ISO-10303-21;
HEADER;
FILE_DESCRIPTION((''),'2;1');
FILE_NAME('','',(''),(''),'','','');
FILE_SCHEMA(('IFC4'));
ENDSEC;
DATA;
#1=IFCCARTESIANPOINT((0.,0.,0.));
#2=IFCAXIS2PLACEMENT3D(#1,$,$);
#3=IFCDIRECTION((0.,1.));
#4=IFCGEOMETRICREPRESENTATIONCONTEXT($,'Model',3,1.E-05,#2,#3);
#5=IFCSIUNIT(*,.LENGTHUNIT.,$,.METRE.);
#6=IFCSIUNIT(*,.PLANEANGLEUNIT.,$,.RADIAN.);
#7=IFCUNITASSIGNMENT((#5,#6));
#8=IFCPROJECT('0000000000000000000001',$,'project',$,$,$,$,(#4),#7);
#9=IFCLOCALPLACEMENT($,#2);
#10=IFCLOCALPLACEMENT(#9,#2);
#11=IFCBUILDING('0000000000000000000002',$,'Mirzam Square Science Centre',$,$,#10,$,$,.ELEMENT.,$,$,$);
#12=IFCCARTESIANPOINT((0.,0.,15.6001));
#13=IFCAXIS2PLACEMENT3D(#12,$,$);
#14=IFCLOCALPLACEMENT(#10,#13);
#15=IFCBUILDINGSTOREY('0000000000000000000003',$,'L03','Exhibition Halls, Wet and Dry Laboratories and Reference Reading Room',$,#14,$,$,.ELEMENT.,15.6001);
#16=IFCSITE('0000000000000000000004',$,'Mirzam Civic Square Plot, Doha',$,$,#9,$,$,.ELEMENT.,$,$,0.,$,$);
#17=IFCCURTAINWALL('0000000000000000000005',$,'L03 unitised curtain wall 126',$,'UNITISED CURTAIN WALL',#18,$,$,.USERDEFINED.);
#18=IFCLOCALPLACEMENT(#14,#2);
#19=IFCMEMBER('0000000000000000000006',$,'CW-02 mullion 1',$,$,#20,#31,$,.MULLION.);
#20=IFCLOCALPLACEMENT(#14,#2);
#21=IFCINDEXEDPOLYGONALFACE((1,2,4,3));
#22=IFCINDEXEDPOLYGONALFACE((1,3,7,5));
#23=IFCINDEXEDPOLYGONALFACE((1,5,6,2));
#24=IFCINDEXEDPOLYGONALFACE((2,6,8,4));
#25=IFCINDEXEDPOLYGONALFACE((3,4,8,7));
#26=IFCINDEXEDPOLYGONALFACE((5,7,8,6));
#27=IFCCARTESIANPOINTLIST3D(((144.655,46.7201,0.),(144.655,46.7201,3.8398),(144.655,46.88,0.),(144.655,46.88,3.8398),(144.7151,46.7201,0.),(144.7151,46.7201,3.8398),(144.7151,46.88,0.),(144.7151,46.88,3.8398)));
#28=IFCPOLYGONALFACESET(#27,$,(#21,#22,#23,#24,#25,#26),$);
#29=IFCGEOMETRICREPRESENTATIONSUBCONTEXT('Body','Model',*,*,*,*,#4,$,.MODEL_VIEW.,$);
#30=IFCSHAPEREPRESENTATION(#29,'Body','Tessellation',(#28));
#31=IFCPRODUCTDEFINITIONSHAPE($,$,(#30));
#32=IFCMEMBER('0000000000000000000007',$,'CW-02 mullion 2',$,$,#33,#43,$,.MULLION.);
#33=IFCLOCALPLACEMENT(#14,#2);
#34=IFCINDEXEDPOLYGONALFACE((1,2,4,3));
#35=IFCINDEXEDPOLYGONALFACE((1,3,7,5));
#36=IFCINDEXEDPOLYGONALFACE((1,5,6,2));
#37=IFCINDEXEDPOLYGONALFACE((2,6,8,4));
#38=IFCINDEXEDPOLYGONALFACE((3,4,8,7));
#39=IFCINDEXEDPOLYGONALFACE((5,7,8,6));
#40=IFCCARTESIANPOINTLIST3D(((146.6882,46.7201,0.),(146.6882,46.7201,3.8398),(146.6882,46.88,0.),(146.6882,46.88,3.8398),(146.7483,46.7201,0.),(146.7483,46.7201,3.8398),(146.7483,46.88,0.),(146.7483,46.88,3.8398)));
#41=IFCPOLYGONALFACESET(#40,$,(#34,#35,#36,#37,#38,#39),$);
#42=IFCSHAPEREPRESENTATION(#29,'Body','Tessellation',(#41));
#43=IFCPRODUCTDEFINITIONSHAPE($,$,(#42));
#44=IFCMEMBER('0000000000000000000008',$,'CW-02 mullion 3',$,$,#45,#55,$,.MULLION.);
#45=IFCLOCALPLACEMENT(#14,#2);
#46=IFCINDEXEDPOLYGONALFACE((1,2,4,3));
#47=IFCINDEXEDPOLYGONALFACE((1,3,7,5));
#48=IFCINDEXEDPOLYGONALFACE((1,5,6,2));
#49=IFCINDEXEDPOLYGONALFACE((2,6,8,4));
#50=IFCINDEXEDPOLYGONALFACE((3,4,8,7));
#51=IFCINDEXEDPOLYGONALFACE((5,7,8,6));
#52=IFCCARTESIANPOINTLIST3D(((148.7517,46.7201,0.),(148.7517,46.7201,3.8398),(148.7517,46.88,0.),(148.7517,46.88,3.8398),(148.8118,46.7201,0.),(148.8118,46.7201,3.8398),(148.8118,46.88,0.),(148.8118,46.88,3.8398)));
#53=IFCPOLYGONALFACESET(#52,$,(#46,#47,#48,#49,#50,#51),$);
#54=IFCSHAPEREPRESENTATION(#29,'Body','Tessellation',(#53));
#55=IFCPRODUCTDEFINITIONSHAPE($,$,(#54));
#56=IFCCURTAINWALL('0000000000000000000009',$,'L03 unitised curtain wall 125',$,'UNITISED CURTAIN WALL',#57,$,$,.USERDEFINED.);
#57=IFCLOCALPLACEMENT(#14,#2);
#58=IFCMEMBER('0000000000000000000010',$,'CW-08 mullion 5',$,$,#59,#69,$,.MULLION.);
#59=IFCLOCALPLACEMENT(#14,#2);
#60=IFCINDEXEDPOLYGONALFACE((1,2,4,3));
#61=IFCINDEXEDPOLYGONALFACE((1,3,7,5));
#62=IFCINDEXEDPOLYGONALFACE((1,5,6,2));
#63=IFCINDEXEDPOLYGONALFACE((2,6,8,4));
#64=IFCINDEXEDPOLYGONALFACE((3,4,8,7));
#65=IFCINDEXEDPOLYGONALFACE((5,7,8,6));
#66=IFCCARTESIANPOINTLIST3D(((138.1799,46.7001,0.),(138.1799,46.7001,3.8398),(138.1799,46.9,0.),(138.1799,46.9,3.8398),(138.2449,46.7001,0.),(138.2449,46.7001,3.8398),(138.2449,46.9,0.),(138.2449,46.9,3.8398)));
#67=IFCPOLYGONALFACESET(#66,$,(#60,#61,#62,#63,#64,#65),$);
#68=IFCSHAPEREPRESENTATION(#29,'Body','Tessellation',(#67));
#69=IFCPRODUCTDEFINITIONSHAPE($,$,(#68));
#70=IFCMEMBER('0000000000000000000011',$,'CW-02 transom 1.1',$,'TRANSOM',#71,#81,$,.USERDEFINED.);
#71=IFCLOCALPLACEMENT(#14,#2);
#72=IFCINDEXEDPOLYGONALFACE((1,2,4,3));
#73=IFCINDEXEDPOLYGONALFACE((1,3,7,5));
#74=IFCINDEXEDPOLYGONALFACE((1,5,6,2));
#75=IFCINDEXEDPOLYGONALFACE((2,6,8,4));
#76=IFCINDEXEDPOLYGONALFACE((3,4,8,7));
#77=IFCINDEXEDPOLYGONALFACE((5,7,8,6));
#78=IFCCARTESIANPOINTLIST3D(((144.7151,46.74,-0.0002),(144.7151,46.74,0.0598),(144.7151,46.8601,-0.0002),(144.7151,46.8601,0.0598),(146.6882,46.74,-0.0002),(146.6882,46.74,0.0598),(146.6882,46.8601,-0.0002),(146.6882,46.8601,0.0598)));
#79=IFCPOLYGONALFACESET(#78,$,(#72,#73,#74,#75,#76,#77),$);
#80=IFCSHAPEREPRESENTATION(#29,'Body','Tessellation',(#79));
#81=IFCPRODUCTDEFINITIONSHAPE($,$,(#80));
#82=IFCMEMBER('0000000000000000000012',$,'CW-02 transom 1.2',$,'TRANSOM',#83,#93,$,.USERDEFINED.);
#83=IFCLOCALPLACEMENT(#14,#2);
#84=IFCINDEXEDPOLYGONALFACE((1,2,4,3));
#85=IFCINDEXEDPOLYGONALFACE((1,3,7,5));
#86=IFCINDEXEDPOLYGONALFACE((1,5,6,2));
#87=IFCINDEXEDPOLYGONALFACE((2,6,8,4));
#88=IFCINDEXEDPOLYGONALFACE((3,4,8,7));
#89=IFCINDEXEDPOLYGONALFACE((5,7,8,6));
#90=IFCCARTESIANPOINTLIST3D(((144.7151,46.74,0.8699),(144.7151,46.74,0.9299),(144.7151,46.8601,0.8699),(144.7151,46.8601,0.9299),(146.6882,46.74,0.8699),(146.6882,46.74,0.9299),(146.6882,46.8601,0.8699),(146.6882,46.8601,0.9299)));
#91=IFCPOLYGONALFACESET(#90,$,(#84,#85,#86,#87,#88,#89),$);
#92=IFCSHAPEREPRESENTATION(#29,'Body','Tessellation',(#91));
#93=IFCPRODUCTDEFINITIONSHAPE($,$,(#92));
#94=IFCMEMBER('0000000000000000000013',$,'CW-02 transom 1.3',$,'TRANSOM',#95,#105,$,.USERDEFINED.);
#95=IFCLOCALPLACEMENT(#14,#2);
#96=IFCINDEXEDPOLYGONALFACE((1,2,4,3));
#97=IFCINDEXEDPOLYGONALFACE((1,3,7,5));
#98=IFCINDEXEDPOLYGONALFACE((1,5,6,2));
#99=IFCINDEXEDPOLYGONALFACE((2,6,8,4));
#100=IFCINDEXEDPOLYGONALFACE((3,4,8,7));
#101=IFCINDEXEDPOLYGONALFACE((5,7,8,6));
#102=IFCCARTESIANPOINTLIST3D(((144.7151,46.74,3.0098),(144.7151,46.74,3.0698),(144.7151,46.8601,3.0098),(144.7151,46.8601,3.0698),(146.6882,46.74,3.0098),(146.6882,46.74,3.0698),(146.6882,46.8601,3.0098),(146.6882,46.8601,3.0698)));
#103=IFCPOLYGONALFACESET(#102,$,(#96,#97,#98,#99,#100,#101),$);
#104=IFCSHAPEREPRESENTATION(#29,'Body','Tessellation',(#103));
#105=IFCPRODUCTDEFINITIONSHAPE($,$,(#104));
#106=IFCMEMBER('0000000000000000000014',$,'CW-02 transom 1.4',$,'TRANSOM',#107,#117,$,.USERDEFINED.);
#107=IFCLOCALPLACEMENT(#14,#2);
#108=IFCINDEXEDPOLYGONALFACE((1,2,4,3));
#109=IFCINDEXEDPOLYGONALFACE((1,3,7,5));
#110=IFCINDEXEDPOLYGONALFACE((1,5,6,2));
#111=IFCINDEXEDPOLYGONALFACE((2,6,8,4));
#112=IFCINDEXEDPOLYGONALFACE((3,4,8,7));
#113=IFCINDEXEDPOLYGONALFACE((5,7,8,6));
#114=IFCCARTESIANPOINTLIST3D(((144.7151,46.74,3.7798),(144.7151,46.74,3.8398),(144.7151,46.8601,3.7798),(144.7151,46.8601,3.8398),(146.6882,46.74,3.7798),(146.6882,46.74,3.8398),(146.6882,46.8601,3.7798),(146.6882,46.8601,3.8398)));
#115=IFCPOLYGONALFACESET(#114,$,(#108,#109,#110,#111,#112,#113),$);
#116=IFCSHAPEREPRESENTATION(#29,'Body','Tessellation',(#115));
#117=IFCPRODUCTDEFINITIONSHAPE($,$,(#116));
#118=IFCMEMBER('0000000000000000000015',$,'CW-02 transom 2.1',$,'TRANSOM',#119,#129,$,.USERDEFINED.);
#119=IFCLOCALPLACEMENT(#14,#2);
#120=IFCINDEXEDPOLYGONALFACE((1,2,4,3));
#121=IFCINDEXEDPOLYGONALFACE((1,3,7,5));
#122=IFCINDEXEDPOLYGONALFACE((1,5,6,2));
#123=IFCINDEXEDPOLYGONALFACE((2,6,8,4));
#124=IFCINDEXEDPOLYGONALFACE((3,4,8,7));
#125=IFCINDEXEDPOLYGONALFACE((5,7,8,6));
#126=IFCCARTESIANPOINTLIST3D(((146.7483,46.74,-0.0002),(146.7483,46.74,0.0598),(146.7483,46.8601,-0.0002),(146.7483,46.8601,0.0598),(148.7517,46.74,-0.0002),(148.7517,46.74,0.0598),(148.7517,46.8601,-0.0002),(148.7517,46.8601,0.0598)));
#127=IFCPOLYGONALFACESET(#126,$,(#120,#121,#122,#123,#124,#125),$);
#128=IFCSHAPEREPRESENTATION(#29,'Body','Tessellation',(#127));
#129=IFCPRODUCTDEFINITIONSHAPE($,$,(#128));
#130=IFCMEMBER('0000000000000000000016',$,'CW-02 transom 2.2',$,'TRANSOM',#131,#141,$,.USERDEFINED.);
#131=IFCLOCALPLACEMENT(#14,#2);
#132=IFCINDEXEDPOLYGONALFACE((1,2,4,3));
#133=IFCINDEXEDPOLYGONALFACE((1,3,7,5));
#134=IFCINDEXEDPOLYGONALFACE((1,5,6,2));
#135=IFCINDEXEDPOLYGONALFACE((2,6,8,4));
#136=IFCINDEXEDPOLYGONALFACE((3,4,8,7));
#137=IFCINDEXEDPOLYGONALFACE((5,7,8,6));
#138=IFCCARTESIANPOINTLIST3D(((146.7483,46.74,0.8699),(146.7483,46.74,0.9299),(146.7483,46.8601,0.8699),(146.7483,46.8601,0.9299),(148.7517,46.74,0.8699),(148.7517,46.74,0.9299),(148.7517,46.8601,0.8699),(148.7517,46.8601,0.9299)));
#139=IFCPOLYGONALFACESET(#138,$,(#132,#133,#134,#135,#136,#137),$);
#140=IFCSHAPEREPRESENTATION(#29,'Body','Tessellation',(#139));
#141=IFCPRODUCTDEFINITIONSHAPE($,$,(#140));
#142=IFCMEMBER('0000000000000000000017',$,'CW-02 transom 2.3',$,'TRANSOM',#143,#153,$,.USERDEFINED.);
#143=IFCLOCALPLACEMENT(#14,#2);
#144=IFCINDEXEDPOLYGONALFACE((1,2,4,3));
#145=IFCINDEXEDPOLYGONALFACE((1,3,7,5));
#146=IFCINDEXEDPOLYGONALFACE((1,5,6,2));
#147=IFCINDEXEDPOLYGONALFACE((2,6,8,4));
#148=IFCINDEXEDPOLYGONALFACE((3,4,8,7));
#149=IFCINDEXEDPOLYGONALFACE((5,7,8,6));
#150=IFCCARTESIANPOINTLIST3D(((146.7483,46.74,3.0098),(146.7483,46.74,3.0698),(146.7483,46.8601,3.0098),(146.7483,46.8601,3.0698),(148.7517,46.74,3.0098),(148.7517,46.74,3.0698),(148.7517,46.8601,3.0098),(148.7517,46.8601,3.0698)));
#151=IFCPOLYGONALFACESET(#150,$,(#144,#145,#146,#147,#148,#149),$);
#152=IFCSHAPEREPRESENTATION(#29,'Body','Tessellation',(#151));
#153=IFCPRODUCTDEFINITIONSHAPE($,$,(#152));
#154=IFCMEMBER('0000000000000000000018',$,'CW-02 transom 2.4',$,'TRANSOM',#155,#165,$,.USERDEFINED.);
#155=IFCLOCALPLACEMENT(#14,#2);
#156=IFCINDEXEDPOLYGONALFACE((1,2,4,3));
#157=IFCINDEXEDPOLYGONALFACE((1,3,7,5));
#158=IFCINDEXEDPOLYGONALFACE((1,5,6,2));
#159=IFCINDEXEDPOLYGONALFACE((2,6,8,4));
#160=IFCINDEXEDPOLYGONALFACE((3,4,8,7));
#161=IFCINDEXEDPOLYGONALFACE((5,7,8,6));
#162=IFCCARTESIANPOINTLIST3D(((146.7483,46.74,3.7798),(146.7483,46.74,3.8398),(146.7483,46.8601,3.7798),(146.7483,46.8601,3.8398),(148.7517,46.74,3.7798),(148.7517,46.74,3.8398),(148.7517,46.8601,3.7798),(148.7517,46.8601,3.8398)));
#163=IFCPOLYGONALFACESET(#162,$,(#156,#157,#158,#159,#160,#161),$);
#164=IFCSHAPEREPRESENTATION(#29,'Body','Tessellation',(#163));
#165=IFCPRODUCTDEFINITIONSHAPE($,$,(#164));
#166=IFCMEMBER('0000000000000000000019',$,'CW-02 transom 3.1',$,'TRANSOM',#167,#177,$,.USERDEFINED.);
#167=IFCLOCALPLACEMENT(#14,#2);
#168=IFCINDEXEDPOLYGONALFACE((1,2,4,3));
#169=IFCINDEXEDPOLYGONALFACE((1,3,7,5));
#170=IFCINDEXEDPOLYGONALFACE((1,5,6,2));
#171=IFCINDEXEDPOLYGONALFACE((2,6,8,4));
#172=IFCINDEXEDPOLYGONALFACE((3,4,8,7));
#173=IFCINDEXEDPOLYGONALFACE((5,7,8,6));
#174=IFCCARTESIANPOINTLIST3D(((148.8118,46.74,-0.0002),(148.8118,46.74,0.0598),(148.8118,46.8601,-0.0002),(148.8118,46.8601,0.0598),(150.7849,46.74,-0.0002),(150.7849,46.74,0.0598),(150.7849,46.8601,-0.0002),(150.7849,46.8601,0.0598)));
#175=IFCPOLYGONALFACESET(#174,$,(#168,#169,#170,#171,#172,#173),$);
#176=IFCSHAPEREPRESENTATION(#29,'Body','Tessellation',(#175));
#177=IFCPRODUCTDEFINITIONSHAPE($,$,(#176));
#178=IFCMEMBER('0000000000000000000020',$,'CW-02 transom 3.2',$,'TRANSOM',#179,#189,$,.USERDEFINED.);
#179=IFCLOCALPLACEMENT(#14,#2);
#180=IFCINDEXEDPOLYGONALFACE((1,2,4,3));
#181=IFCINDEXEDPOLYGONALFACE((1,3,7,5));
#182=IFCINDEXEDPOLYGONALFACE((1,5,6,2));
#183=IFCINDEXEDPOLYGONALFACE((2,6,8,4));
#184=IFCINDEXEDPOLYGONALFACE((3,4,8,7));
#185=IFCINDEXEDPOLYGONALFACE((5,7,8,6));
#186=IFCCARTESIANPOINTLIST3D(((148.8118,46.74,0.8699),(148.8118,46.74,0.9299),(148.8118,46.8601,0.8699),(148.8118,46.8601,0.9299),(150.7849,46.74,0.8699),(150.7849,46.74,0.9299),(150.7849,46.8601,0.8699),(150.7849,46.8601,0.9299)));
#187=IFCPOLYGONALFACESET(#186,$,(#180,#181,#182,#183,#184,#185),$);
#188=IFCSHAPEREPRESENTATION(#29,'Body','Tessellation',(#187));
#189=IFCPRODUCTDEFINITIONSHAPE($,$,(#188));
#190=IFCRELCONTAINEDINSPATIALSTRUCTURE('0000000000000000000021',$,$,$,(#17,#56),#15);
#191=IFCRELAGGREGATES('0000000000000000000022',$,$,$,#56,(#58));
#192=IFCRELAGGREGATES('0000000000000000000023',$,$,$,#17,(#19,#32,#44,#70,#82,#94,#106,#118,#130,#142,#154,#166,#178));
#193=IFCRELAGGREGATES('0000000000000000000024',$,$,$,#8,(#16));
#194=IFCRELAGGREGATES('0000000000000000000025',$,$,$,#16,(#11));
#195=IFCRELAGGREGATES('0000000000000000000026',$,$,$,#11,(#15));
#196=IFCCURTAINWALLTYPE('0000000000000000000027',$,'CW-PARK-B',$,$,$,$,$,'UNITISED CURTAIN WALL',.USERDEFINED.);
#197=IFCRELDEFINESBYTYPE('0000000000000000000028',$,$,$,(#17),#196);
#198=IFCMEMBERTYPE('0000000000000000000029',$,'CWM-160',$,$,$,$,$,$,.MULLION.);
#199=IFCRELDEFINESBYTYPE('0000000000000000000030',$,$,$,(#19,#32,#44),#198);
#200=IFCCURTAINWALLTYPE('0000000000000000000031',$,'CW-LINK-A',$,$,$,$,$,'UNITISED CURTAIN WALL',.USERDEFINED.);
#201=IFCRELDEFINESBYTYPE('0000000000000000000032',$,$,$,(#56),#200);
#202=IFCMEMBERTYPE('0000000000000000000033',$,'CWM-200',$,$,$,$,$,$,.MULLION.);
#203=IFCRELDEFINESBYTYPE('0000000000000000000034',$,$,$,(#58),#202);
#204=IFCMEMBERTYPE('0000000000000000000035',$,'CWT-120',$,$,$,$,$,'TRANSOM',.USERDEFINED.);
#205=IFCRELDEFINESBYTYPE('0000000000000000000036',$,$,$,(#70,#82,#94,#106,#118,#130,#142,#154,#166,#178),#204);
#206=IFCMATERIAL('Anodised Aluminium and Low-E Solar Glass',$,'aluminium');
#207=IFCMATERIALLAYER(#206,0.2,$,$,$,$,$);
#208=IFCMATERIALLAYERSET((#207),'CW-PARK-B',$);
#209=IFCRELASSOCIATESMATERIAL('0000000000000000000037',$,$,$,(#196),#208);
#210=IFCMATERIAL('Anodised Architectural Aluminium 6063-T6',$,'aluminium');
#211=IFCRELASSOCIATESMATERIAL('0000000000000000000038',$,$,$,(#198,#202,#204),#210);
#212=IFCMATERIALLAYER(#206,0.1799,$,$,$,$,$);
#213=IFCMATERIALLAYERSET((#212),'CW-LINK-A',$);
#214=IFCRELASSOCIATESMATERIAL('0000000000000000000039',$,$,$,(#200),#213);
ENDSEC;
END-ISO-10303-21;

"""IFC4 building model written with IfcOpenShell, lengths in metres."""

from ifc_helpers import new_model, si_unit, direction, frame, origin, origin_2d, place, context, subcontext, project, spatial, rectangle, extrude, material, layer, layer_set, material_profile, profile_set, type_object, element, aggregate, save


model = new_model("IFC4")

# Units and contexts
model_context = context("Model", 3, precision=1e-05, world=origin(), true_north=direction((0.0, 1.0)))
body_context = subcontext(model_context, "Body", "Model", "MODEL_VIEW")
ifc_project = project(units=[si_unit("LENGTHUNIT", "METRE"), si_unit("PLANEANGLEUNIT", "RADIAN")], contexts=[model_context])

# Site, building, storey
site_placement = place(None, origin())
site = spatial("IfcSite", under=ifc_project, at=site_placement, Name="Mirzam Civic Square Plot, Doha", CompositionType="ELEMENT", RefElevation=0.0)
building_placement = place(site_placement, origin())
building = spatial("IfcBuilding", under=site, at=building_placement, Name="Mirzam Square Science Centre", CompositionType="ELEMENT")
storey_placement = place(building_placement, frame((0.0, 0.0, 15.6001)))
storey = spatial("IfcBuildingStorey", under=building, at=storey_placement, Name="L03", Description="Exhibition Halls, Wet and Dry Laboratories and Reference Reading Room", CompositionType="ELEMENT", Elevation=15.6001)

# Curtain wall, members
ifc_material_1 = material(Name="Anodised Aluminium and Low-E Solar Glass", Category="aluminium")
ifc_layer_1 = layer(ifc_material_1, 0.2)
ifc_layer_set_1 = layer_set([ifc_layer_1], Name="CW-PARK-B")
curtain_wall_type_1 = type_object("IfcCurtainWallType", Name="CW-PARK-B", ElementType="UNITISED CURTAIN WALL", PredefinedType="USERDEFINED", material=ifc_layer_set_1)
curtain_wall_1_placement = place(storey_placement, origin())
curtain_wall_1 = element("IfcCurtainWall", 1, at=curtain_wall_1_placement, inside=storey, type_object=curtain_wall_type_1, Name="L03 unitised curtain wall 126", ObjectType="UNITISED CURTAIN WALL", PredefinedType="USERDEFINED")
ifc_material_2 = material(Name="Anodised Architectural Aluminium 6063-T6", Category="aluminium")
ifc_material_profile_1 = material_profile(ifc_material_2, rectangle(XDim=0.0601, YDim=0.1599, at=origin_2d()), Name="ALU-MULL-160x60x4")
ifc_profile_set_1 = profile_set([ifc_material_profile_1], Name="Anodised Architectural Aluminium 6063-T6")
member_type_1 = type_object("IfcMemberType", Name="CWM-160", PredefinedType="MULLION", material=ifc_profile_set_1)
member_1_placement = place(storey_placement, frame((144.6851, 46.8, 0.0), z_axis=(0.0, 0.0, 1.0), x_axis=(1.0, 0.0, 0.0)))
member_1 = element("IfcMember", 2, at=member_1_placement, type_object=member_type_1, Name="CW-02 mullion 1", PredefinedType="MULLION", context=body_context, shape_type="SweptSolid", body=[
    extrude(rectangle(XDim=0.0601, YDim=0.1599, at=origin_2d()), origin(), (0.0, 0.0, 1.0), 3.8398),
])
member_2_placement = place(storey_placement, frame((146.7183, 46.8, 0.0), z_axis=(0.0, 0.0, 1.0), x_axis=(1.0, 0.0, 0.0)))
member_2 = element("IfcMember", 3, at=member_2_placement, type_object=member_type_1, Name="CW-02 mullion 2", PredefinedType="MULLION", context=body_context, shape_type="SweptSolid", body=[
    extrude(rectangle(XDim=0.0601, YDim=0.1599, at=origin_2d()), origin(), (0.0, 0.0, 1.0), 3.8398),
])
member_3_placement = place(storey_placement, frame((148.7817, 46.8, 0.0), z_axis=(0.0, 0.0, 1.0), x_axis=(1.0, 0.0, 0.0)))
member_3 = element("IfcMember", 4, at=member_3_placement, type_object=member_type_1, Name="CW-02 mullion 3", PredefinedType="MULLION", context=body_context, shape_type="SweptSolid", body=[
    extrude(rectangle(XDim=0.0601, YDim=0.1599, at=origin_2d()), origin(), (0.0, 0.0, 1.0), 3.8398),
])

# Curtain wall, member
ifc_layer_2 = layer(ifc_material_1, 0.1799)
ifc_layer_set_2 = layer_set([ifc_layer_2], Name="CW-LINK-A")
curtain_wall_type_2 = type_object("IfcCurtainWallType", Name="CW-LINK-A", ElementType="UNITISED CURTAIN WALL", PredefinedType="USERDEFINED", material=ifc_layer_set_2)
curtain_wall_2_placement = place(storey_placement, origin())
curtain_wall_2 = element("IfcCurtainWall", 5, at=curtain_wall_2_placement, inside=storey, type_object=curtain_wall_type_2, Name="L03 unitised curtain wall 125", ObjectType="UNITISED CURTAIN WALL", PredefinedType="USERDEFINED")
ifc_material_profile_2 = material_profile(ifc_material_2, rectangle(XDim=0.0649, YDim=0.2, at=origin_2d()), Name="ALU-MULL-200x65x5")
ifc_profile_set_2 = profile_set([ifc_material_profile_2], Name="Anodised Architectural Aluminium 6063-T6")
member_type_2 = type_object("IfcMemberType", Name="CWM-200", PredefinedType="MULLION", material=ifc_profile_set_2)
member_4_placement = place(storey_placement, frame((138.2124, 46.8, 0.0), z_axis=(0.0, 0.0, 1.0), x_axis=(1.0, 0.0, 0.0)))
member_4 = element("IfcMember", 6, at=member_4_placement, type_object=member_type_2, Name="CW-08 mullion 5", PredefinedType="MULLION", context=body_context, shape_type="SweptSolid", body=[
    extrude(rectangle(XDim=0.0649, YDim=0.2, at=origin_2d()), origin(), (0.0, 0.0, 1.0), 3.8398),
])

# Members
ifc_material_profile_3 = material_profile(ifc_material_2, rectangle(XDim=0.1201, YDim=0.0601, at=origin_2d()), Name="ALU-TRAN-120x60x4")
ifc_profile_set_3 = profile_set([ifc_material_profile_3], Name="Anodised Architectural Aluminium 6063-T6")
member_type_3 = type_object("IfcMemberType", Name="CWT-120", ElementType="TRANSOM", PredefinedType="USERDEFINED", material=ifc_profile_set_3)
member_5_placement = place(storey_placement, frame((144.7151, 46.8, 0.0298), z_axis=(1.0, 0.0, 0.0), x_axis=(0.0, 1.0, 0.0)))
member_5 = element("IfcMember", 7, at=member_5_placement, type_object=member_type_3, Name="CW-02 transom 1.1", ObjectType="TRANSOM", PredefinedType="USERDEFINED", context=body_context, shape_type="SweptSolid", body=[
    extrude(rectangle(XDim=0.1201, YDim=0.0601, at=origin_2d()), origin(), (0.0, 0.0, 1.0), 1.9731),
])
member_6_placement = place(storey_placement, frame((144.7151, 46.8, 0.8999), z_axis=(1.0, 0.0, 0.0), x_axis=(0.0, 1.0, 0.0)))
member_6 = element("IfcMember", 8, at=member_6_placement, type_object=member_type_3, Name="CW-02 transom 1.2", ObjectType="TRANSOM", PredefinedType="USERDEFINED", context=body_context, shape_type="SweptSolid", body=[
    extrude(rectangle(XDim=0.1201, YDim=0.0601, at=origin_2d()), origin(), (0.0, 0.0, 1.0), 1.9731),
])
member_7_placement = place(storey_placement, frame((144.7151, 46.8, 3.0398), z_axis=(1.0, 0.0, 0.0), x_axis=(0.0, 1.0, 0.0)))
member_7 = element("IfcMember", 9, at=member_7_placement, type_object=member_type_3, Name="CW-02 transom 1.3", ObjectType="TRANSOM", PredefinedType="USERDEFINED", context=body_context, shape_type="SweptSolid", body=[
    extrude(rectangle(XDim=0.1201, YDim=0.0601, at=origin_2d()), origin(), (0.0, 0.0, 1.0), 1.9731),
])
member_8_placement = place(storey_placement, frame((144.7151, 46.8, 3.8098), z_axis=(1.0, 0.0, 0.0), x_axis=(0.0, 1.0, 0.0)))
member_8 = element("IfcMember", 10, at=member_8_placement, type_object=member_type_3, Name="CW-02 transom 1.4", ObjectType="TRANSOM", PredefinedType="USERDEFINED", context=body_context, shape_type="SweptSolid", body=[
    extrude(rectangle(XDim=0.1201, YDim=0.0601, at=origin_2d()), origin(), (0.0, 0.0, 1.0), 1.9731),
])
member_9_placement = place(storey_placement, frame((146.7483, 46.8, 0.0298), z_axis=(1.0, 0.0, 0.0), x_axis=(0.0, 1.0, 0.0)))
member_9 = element("IfcMember", 11, at=member_9_placement, type_object=member_type_3, Name="CW-02 transom 2.1", ObjectType="TRANSOM", PredefinedType="USERDEFINED", context=body_context, shape_type="SweptSolid", body=[
    extrude(rectangle(XDim=0.1201, YDim=0.0601, at=origin_2d()), origin(), (0.0, 0.0, 1.0), 2.0034),
])
member_10_placement = place(storey_placement, frame((146.7483, 46.8, 0.8999), z_axis=(1.0, 0.0, 0.0), x_axis=(0.0, 1.0, 0.0)))
member_10 = element("IfcMember", 12, at=member_10_placement, type_object=member_type_3, Name="CW-02 transom 2.2", ObjectType="TRANSOM", PredefinedType="USERDEFINED", context=body_context, shape_type="SweptSolid", body=[
    extrude(rectangle(XDim=0.1201, YDim=0.0601, at=origin_2d()), origin(), (0.0, 0.0, 1.0), 2.0034),
])
member_11_placement = place(storey_placement, frame((146.7483, 46.8, 3.0398), z_axis=(1.0, 0.0, 0.0), x_axis=(0.0, 1.0, 0.0)))
member_11 = element("IfcMember", 13, at=member_11_placement, type_object=member_type_3, Name="CW-02 transom 2.3", ObjectType="TRANSOM", PredefinedType="USERDEFINED", context=body_context, shape_type="SweptSolid", body=[
    extrude(rectangle(XDim=0.1201, YDim=0.0601, at=origin_2d()), origin(), (0.0, 0.0, 1.0), 2.0034),
])
member_12_placement = place(storey_placement, frame((146.7483, 46.8, 3.8098), z_axis=(1.0, 0.0, 0.0), x_axis=(0.0, 1.0, 0.0)))
member_12 = element("IfcMember", 14, at=member_12_placement, type_object=member_type_3, Name="CW-02 transom 2.4", ObjectType="TRANSOM", PredefinedType="USERDEFINED", context=body_context, shape_type="SweptSolid", body=[
    extrude(rectangle(XDim=0.1201, YDim=0.0601, at=origin_2d()), origin(), (0.0, 0.0, 1.0), 2.0034),
])
member_13_placement = place(storey_placement, frame((148.8118, 46.8, 0.0298), z_axis=(1.0, 0.0, 0.0), x_axis=(0.0, 1.0, 0.0)))
member_13 = element("IfcMember", 15, at=member_13_placement, type_object=member_type_3, Name="CW-02 transom 3.1", ObjectType="TRANSOM", PredefinedType="USERDEFINED", context=body_context, shape_type="SweptSolid", body=[
    extrude(rectangle(XDim=0.1201, YDim=0.0601, at=origin_2d()), origin(), (0.0, 0.0, 1.0), 1.9731),
])
member_14_placement = place(storey_placement, frame((148.8118, 46.8, 0.8999), z_axis=(1.0, 0.0, 0.0), x_axis=(0.0, 1.0, 0.0)))
member_14 = element("IfcMember", 16, at=member_14_placement, type_object=member_type_3, Name="CW-02 transom 3.2", ObjectType="TRANSOM", PredefinedType="USERDEFINED", context=body_context, shape_type="SweptSolid", body=[
    extrude(rectangle(XDim=0.1201, YDim=0.0601, at=origin_2d()), origin(), (0.0, 0.0, 1.0), 1.9731),
])

aggregate(curtain_wall_2, [member_4])
aggregate(curtain_wall_1, [member_1, member_2, member_3, member_5, member_6, member_7, member_8, member_9, member_10, member_11, member_12, member_13, member_14])

save(model, "model.ifc")
